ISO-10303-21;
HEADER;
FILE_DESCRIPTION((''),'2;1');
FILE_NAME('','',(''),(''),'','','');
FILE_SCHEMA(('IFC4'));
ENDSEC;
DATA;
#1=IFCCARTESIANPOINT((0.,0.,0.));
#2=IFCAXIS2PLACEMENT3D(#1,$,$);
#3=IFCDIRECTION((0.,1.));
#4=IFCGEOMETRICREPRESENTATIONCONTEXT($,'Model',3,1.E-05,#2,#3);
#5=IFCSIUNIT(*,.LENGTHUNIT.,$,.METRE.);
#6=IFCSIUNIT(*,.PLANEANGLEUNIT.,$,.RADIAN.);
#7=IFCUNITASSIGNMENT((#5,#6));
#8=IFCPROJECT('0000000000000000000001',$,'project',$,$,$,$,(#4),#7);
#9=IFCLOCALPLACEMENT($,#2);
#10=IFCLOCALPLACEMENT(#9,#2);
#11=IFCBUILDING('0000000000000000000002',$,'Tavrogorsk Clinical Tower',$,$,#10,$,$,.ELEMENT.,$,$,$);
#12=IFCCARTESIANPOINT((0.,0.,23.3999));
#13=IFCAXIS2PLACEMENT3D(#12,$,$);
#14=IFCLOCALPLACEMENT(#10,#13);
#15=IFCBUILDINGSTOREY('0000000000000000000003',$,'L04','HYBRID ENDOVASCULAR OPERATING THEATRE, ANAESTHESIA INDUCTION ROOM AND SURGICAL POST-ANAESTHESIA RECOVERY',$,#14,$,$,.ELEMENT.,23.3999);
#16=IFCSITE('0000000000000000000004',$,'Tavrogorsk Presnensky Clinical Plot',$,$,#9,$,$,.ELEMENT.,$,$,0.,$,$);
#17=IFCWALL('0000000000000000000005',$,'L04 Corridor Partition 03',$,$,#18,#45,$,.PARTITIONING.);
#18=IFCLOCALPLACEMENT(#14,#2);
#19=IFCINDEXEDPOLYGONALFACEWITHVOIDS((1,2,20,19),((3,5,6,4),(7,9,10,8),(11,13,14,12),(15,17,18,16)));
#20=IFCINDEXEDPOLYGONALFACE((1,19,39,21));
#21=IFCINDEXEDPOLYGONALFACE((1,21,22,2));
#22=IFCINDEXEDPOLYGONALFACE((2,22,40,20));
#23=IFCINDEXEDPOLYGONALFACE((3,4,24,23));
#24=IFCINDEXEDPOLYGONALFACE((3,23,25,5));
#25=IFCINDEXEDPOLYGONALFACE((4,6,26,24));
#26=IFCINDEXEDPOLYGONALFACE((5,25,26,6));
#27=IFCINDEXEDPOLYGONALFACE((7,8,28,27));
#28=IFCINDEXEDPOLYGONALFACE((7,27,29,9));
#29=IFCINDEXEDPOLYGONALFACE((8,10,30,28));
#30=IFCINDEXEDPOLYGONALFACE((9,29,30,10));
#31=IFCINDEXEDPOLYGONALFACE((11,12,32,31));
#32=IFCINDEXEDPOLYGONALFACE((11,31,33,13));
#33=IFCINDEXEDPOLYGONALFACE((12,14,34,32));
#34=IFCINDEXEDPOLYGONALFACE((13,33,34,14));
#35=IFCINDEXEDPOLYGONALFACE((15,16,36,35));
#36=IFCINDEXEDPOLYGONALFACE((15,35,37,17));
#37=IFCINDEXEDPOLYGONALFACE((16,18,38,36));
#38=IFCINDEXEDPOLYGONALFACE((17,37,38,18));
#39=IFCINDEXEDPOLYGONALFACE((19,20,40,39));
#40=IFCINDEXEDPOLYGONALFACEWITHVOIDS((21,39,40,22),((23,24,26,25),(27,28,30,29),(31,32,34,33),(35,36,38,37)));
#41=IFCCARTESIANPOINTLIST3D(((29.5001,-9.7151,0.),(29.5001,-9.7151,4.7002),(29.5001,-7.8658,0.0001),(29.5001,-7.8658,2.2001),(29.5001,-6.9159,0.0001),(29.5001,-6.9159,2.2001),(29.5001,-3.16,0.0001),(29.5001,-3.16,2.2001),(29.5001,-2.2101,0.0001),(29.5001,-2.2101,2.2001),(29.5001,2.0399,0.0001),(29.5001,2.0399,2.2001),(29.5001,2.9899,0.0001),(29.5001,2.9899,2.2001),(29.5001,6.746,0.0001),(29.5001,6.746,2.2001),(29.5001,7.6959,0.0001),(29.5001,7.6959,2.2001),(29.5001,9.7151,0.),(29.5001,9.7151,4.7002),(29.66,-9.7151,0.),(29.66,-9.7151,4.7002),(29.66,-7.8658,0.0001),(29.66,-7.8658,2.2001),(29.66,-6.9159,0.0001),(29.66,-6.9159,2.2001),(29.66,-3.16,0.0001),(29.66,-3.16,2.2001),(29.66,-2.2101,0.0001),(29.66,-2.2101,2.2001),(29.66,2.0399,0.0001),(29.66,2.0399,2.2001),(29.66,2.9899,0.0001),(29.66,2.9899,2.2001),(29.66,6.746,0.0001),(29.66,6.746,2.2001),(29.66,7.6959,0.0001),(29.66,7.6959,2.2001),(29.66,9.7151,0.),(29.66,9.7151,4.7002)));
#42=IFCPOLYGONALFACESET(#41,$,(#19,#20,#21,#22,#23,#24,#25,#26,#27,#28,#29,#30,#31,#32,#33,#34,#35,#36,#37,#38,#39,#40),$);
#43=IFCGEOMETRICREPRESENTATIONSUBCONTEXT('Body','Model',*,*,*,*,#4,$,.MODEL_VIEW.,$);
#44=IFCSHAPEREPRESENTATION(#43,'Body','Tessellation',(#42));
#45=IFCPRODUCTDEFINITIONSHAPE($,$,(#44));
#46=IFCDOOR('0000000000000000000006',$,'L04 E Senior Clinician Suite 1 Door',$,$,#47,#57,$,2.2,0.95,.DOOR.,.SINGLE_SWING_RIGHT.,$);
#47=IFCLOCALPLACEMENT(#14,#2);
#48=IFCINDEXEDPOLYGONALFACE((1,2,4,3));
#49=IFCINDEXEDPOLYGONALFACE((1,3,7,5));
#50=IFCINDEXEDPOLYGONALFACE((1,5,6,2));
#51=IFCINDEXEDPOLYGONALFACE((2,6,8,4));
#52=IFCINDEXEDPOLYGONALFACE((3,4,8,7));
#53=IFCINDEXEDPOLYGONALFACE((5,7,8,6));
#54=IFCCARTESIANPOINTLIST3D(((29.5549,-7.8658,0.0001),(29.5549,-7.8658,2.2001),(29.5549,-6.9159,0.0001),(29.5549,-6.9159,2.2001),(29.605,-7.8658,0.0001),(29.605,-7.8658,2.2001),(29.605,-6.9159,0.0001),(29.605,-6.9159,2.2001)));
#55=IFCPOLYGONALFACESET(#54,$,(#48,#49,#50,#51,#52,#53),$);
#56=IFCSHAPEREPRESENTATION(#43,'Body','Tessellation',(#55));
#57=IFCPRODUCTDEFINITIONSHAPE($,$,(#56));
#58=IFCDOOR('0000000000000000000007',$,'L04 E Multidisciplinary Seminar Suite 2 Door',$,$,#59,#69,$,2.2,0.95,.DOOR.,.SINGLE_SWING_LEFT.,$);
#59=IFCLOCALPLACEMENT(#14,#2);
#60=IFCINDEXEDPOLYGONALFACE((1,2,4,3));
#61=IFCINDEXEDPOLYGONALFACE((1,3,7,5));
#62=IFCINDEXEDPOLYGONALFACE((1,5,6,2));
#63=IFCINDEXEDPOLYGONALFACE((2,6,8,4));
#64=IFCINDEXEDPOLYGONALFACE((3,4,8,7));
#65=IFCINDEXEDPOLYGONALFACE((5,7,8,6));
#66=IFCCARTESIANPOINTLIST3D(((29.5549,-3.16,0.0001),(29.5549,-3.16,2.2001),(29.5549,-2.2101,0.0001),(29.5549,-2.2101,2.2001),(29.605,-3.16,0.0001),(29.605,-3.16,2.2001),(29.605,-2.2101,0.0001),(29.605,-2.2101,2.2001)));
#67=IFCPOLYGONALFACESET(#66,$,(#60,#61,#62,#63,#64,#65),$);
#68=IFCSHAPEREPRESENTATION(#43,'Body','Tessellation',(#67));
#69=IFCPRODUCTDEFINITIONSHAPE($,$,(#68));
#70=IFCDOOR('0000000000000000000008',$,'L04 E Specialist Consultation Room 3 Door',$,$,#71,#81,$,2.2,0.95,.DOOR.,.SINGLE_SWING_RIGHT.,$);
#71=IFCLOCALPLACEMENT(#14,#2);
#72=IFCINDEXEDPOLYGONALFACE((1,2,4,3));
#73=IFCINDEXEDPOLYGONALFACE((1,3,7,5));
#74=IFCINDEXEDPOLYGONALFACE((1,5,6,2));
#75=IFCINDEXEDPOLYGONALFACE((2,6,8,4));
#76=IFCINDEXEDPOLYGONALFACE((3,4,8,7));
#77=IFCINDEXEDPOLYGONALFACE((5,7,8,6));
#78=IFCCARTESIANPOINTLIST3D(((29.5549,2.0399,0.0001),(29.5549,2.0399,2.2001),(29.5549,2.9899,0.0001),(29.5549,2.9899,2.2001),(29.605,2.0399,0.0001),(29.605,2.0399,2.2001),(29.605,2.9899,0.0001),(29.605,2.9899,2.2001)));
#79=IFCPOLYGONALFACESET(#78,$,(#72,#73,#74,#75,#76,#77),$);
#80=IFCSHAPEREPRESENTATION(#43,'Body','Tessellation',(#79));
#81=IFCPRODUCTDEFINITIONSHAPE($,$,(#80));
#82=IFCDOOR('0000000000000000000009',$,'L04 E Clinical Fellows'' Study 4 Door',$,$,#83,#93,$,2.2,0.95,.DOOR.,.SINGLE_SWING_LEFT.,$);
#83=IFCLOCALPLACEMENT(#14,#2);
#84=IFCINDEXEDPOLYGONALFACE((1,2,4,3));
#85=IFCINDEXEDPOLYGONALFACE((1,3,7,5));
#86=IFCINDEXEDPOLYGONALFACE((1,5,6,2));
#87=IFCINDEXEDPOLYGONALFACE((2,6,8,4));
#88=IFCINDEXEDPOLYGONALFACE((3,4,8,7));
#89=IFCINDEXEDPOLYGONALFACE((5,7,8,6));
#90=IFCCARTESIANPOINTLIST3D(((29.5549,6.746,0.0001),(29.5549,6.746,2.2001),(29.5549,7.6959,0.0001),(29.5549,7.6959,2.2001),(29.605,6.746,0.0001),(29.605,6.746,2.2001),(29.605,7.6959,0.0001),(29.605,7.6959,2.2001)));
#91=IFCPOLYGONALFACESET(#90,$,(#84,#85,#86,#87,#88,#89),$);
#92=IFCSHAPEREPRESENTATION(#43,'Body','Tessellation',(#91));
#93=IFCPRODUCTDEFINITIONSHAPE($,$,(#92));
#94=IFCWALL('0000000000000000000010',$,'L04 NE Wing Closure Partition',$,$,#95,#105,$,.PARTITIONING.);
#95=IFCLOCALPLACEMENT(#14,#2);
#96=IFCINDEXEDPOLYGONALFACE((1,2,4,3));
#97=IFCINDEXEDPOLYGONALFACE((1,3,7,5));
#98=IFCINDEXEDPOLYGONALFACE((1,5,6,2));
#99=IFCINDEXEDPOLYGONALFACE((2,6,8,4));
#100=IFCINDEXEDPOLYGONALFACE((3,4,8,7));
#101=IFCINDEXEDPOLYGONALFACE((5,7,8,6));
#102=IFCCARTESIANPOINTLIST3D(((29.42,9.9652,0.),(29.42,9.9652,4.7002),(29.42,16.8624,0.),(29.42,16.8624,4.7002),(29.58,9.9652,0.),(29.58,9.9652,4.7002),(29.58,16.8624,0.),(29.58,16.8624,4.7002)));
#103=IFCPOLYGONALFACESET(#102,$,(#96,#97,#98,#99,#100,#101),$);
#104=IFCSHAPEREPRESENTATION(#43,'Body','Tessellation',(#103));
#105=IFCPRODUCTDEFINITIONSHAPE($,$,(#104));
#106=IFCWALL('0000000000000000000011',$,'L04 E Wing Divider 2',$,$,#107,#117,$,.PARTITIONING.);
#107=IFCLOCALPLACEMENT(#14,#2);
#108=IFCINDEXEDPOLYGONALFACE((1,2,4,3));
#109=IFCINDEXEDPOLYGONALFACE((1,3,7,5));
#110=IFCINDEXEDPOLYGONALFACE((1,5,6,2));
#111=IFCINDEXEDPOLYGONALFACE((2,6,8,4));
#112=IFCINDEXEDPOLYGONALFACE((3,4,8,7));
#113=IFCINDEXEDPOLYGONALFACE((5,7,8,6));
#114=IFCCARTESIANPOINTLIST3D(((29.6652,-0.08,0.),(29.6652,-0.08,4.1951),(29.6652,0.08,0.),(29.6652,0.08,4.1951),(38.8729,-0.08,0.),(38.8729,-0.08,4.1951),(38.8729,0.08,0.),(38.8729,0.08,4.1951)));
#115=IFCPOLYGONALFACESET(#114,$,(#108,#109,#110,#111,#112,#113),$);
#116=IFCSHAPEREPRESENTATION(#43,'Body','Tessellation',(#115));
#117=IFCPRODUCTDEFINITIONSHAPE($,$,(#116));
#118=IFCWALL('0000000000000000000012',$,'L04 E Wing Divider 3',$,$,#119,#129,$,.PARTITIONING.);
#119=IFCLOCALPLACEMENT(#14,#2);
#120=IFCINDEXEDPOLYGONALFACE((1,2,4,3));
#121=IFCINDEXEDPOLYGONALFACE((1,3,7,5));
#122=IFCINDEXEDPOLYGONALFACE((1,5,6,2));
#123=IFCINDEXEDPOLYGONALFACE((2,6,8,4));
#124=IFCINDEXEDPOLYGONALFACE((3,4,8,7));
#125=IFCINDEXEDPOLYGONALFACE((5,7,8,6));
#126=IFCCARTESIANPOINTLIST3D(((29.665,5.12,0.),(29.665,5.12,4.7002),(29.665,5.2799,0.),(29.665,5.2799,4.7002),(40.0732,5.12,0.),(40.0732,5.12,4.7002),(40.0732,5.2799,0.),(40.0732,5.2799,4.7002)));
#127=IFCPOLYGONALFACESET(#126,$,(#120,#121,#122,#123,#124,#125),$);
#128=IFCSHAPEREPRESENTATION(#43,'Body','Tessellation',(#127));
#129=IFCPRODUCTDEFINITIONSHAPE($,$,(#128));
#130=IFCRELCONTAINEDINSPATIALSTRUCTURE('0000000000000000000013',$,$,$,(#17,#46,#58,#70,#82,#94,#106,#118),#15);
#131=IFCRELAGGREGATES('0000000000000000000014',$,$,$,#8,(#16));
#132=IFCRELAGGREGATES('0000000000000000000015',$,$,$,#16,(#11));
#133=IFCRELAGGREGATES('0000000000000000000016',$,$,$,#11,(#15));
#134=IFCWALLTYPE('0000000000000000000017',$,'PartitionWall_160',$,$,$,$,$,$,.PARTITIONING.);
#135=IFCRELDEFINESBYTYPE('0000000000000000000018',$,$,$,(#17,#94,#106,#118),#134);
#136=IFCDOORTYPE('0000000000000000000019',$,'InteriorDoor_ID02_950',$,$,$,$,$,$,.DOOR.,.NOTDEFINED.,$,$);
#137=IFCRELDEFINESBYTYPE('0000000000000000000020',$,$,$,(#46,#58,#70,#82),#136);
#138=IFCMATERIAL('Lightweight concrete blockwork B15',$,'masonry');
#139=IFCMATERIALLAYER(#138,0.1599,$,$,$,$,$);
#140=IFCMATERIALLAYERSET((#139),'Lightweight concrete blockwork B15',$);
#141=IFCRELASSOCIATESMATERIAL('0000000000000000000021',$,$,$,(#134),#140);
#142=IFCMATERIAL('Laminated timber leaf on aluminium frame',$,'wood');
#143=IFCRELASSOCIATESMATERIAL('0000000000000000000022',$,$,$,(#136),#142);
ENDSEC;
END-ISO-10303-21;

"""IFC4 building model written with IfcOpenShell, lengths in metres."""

from ifc_helpers import new_model, si_unit, direction, frame, frame_2d, origin, place, context, subcontext, project, spatial, rectangle, extrude, material, layer, layer_set, type_object, element, fill, save


model = new_model("IFC4")

# Units and contexts
model_context = context("Model", 3, precision=1e-05, world=origin(), true_north=direction((0.0, 1.0)))
body_context = subcontext(model_context, "Body", "Model", "MODEL_VIEW")
ifc_project = project(units=[si_unit("LENGTHUNIT", "METRE"), si_unit("PLANEANGLEUNIT", "RADIAN")], contexts=[model_context])

# Site, building, storey
site_placement = place(None, origin())
site = spatial("IfcSite", under=ifc_project, at=site_placement, Name="Tavrogorsk Presnensky Clinical Plot", CompositionType="ELEMENT", RefElevation=0.0)
building_placement = place(site_placement, origin())
building = spatial("IfcBuilding", under=site, at=building_placement, Name="Tavrogorsk Clinical Tower", CompositionType="ELEMENT")
storey_placement = place(building_placement, frame((0.0, 0.0, 23.3999)))
storey = spatial("IfcBuildingStorey", under=building, at=storey_placement, Name="L04", Description="HYBRID ENDOVASCULAR OPERATING THEATRE, ANAESTHESIA INDUCTION ROOM AND SURGICAL POST-ANAESTHESIA RECOVERY", CompositionType="ELEMENT", Elevation=23.3999)

# Shared definitions
ifc_material_1 = material(Name="Lightweight concrete blockwork B15", Category="masonry")
ifc_layer_1 = layer(ifc_material_1, 0.1599)
ifc_layer_set_1 = layer_set([ifc_layer_1], Name="Lightweight concrete blockwork B15")
wall_type_1 = type_object("IfcWallType", Name="PartitionWall_160", PredefinedType="PARTITIONING", material=ifc_layer_set_1)

# Wall, openings, doors
wall_1_placement = place(storey_placement, frame((29.5801, 9.7151, 0.0), z_axis=(0.0, 0.0, 1.0), x_axis=(0.0, -1.0, 0.0)))
wall_1 = element("IfcWall", 1, at=wall_1_placement, inside=storey, type_object=wall_type_1, Name="L04 Corridor Partition 03", PredefinedType="PARTITIONING", context=body_context, shape_type="SweptSolid", body=[
    extrude(rectangle(XDim=19.4302, YDim=0.1599, at=frame_2d((9.7151, 0.0))), origin(), (0.0, 0.0, 1.0), 4.7002),
])
opening_1_placement = place(wall_1_placement, frame((16.6309, 0.0, 0.0)))
opening_1 = element("IfcOpeningElement", 2, at=opening_1_placement, cuts=wall_1, PredefinedType="OPENING", context=body_context, shape_type="SweptSolid", body=[
    extrude(rectangle(XDim=0.95, YDim=2.2, at=frame_2d((0.4751, 1.1001))), frame((0.0, 0.0898, 0.0), z_axis=(0.0, -1.0, 0.0), x_axis=(1.0, 0.0, 0.0)), (0.0, 0.0, 1.0), 0.1799),
])
opening_2_placement = place(wall_1_placement, frame((11.925, 0.0, 0.0)))
opening_2 = element("IfcOpeningElement", 3, at=opening_2_placement, cuts=wall_1, PredefinedType="OPENING", context=body_context, shape_type="SweptSolid", body=[
    extrude(rectangle(XDim=0.95, YDim=2.2, at=frame_2d((0.4751, 1.1001))), frame((0.0, 0.0898, 0.0), z_axis=(0.0, -1.0, 0.0), x_axis=(1.0, 0.0, 0.0)), (0.0, 0.0, 1.0), 0.1799),
])
opening_3_placement = place(wall_1_placement, frame((6.7251, 0.0, 0.0)))
opening_3 = element("IfcOpeningElement", 4, at=opening_3_placement, cuts=wall_1, PredefinedType="OPENING", context=body_context, shape_type="SweptSolid", body=[
    extrude(rectangle(XDim=0.95, YDim=2.2, at=frame_2d((0.4751, 1.1001))), frame((0.0, 0.0898, 0.0), z_axis=(0.0, -1.0, 0.0), x_axis=(1.0, 0.0, 0.0)), (0.0, 0.0, 1.0), 0.1799),
])
opening_4_placement = place(wall_1_placement, frame((2.019, 0.0, 0.0)))
opening_4 = element("IfcOpeningElement", 5, at=opening_4_placement, cuts=wall_1, PredefinedType="OPENING", context=body_context, shape_type="SweptSolid", body=[
    extrude(rectangle(XDim=0.95, YDim=2.2, at=frame_2d((0.4751, 1.1001))), frame((0.0, 0.0898, 0.0), z_axis=(0.0, -1.0, 0.0), x_axis=(1.0, 0.0, 0.0)), (0.0, 0.0, 1.0), 0.1799),
])
ifc_material_2 = material(Name="Laminated timber leaf on aluminium frame", Category="wood")
door_type = type_object("IfcDoorType", Name="InteriorDoor_ID02_950", OperationType="NOTDEFINED", PredefinedType="DOOR", material=ifc_material_2)
door_1_placement = place(opening_1_placement, origin())
door_1 = element("IfcDoor", 6, at=door_1_placement, inside=storey, type_object=door_type, Name="L04 E Senior Clinician Suite 1 Door", OperationType="SINGLE_SWING_RIGHT", OverallHeight=2.2, OverallWidth=0.95, PredefinedType="DOOR", context=body_context, shape_type="SweptSolid", body=[
    extrude(rectangle(XDim=0.95, YDim=2.2, at=frame_2d((0.4751, 1.1001))), frame((0.0, 0.0249, 0.0), z_axis=(0.0, -1.0, 0.0), x_axis=(1.0, 0.0, 0.0)), (0.0, 0.0, 1.0), 0.05),
])
fill(opening_1, door_1)
door_2_placement = place(opening_2_placement, origin())
door_2 = element("IfcDoor", 7, at=door_2_placement, inside=storey, type_object=door_type, Name="L04 E Multidisciplinary Seminar Suite 2 Door", OperationType="SINGLE_SWING_LEFT", OverallHeight=2.2, OverallWidth=0.95, PredefinedType="DOOR", context=body_context, shape_type="SweptSolid", body=[
    extrude(rectangle(XDim=0.95, YDim=2.2, at=frame_2d((0.4751, 1.1001))), frame((0.0, 0.0249, 0.0), z_axis=(0.0, -1.0, 0.0), x_axis=(1.0, 0.0, 0.0)), (0.0, 0.0, 1.0), 0.05),
])
fill(opening_2, door_2)
door_3_placement = place(opening_3_placement, origin())
door_3 = element("IfcDoor", 8, at=door_3_placement, inside=storey, type_object=door_type, Name="L04 E Specialist Consultation Room 3 Door", OperationType="SINGLE_SWING_RIGHT", OverallHeight=2.2, OverallWidth=0.95, PredefinedType="DOOR", context=body_context, shape_type="SweptSolid", body=[
    extrude(rectangle(XDim=0.95, YDim=2.2, at=frame_2d((0.4751, 1.1001))), frame((0.0, 0.0249, 0.0), z_axis=(0.0, -1.0, 0.0), x_axis=(1.0, 0.0, 0.0)), (0.0, 0.0, 1.0), 0.05),
])
fill(opening_3, door_3)
door_4_placement = place(opening_4_placement, origin())
door_4 = element("IfcDoor", 9, at=door_4_placement, inside=storey, type_object=door_type, Name="L04 E Clinical Fellows' Study 4 Door", OperationType="SINGLE_SWING_LEFT", OverallHeight=2.2, OverallWidth=0.95, PredefinedType="DOOR", context=body_context, shape_type="SweptSolid", body=[
    extrude(rectangle(XDim=0.95, YDim=2.2, at=frame_2d((0.4751, 1.1001))), frame((0.0, 0.0249, 0.0), z_axis=(0.0, -1.0, 0.0), x_axis=(1.0, 0.0, 0.0)), (0.0, 0.0, 1.0), 0.05),
])
fill(opening_4, door_4)

# Walls
wall_2_placement = place(storey_placement, frame((29.5, 9.9651, 0.0), z_axis=(0.0, 0.0, 1.0), x_axis=(0.0, 1.0, 0.0)))
element("IfcWall", 10, at=wall_2_placement, inside=storey, type_object=wall_type_1, Name="L04 NE Wing Closure Partition", PredefinedType="PARTITIONING", context=body_context, shape_type="SweptSolid", body=[
    extrude(rectangle(XDim=6.8972, YDim=0.1599, at=frame_2d((3.4487, 0.0))), origin(), (0.0, 0.0, 1.0), 4.7002),
])
wall_3_placement = place(storey_placement, frame((29.665, 0.0, 0.0), z_axis=(0.0, 0.0, 1.0), x_axis=(1.0, 0.0, 0.0)))
element("IfcWall", 11, at=wall_3_placement, inside=storey, type_object=wall_type_1, Name="L04 E Wing Divider 2", PredefinedType="PARTITIONING", context=body_context, shape_type="SweptSolid", body=[
    extrude(rectangle(XDim=9.2078, YDim=0.1599, at=frame_2d((4.604, 0.0))), origin(), (0.0, 0.0, 1.0), 4.1951),
])
wall_4_placement = place(storey_placement, frame((29.665, 5.2, 0.0), z_axis=(0.0, 0.0, 1.0), x_axis=(1.0, 0.0, 0.0)))
element("IfcWall", 12, at=wall_4_placement, inside=storey, type_object=wall_type_1, Name="L04 E Wing Divider 3", PredefinedType="PARTITIONING", context=body_context, shape_type="SweptSolid", body=[
    extrude(rectangle(XDim=10.4082, YDim=0.1599, at=frame_2d((5.2041, 0.0))), origin(), (0.0, 0.0, 1.0), 4.7002),
])

save(model, "model.ifc")
